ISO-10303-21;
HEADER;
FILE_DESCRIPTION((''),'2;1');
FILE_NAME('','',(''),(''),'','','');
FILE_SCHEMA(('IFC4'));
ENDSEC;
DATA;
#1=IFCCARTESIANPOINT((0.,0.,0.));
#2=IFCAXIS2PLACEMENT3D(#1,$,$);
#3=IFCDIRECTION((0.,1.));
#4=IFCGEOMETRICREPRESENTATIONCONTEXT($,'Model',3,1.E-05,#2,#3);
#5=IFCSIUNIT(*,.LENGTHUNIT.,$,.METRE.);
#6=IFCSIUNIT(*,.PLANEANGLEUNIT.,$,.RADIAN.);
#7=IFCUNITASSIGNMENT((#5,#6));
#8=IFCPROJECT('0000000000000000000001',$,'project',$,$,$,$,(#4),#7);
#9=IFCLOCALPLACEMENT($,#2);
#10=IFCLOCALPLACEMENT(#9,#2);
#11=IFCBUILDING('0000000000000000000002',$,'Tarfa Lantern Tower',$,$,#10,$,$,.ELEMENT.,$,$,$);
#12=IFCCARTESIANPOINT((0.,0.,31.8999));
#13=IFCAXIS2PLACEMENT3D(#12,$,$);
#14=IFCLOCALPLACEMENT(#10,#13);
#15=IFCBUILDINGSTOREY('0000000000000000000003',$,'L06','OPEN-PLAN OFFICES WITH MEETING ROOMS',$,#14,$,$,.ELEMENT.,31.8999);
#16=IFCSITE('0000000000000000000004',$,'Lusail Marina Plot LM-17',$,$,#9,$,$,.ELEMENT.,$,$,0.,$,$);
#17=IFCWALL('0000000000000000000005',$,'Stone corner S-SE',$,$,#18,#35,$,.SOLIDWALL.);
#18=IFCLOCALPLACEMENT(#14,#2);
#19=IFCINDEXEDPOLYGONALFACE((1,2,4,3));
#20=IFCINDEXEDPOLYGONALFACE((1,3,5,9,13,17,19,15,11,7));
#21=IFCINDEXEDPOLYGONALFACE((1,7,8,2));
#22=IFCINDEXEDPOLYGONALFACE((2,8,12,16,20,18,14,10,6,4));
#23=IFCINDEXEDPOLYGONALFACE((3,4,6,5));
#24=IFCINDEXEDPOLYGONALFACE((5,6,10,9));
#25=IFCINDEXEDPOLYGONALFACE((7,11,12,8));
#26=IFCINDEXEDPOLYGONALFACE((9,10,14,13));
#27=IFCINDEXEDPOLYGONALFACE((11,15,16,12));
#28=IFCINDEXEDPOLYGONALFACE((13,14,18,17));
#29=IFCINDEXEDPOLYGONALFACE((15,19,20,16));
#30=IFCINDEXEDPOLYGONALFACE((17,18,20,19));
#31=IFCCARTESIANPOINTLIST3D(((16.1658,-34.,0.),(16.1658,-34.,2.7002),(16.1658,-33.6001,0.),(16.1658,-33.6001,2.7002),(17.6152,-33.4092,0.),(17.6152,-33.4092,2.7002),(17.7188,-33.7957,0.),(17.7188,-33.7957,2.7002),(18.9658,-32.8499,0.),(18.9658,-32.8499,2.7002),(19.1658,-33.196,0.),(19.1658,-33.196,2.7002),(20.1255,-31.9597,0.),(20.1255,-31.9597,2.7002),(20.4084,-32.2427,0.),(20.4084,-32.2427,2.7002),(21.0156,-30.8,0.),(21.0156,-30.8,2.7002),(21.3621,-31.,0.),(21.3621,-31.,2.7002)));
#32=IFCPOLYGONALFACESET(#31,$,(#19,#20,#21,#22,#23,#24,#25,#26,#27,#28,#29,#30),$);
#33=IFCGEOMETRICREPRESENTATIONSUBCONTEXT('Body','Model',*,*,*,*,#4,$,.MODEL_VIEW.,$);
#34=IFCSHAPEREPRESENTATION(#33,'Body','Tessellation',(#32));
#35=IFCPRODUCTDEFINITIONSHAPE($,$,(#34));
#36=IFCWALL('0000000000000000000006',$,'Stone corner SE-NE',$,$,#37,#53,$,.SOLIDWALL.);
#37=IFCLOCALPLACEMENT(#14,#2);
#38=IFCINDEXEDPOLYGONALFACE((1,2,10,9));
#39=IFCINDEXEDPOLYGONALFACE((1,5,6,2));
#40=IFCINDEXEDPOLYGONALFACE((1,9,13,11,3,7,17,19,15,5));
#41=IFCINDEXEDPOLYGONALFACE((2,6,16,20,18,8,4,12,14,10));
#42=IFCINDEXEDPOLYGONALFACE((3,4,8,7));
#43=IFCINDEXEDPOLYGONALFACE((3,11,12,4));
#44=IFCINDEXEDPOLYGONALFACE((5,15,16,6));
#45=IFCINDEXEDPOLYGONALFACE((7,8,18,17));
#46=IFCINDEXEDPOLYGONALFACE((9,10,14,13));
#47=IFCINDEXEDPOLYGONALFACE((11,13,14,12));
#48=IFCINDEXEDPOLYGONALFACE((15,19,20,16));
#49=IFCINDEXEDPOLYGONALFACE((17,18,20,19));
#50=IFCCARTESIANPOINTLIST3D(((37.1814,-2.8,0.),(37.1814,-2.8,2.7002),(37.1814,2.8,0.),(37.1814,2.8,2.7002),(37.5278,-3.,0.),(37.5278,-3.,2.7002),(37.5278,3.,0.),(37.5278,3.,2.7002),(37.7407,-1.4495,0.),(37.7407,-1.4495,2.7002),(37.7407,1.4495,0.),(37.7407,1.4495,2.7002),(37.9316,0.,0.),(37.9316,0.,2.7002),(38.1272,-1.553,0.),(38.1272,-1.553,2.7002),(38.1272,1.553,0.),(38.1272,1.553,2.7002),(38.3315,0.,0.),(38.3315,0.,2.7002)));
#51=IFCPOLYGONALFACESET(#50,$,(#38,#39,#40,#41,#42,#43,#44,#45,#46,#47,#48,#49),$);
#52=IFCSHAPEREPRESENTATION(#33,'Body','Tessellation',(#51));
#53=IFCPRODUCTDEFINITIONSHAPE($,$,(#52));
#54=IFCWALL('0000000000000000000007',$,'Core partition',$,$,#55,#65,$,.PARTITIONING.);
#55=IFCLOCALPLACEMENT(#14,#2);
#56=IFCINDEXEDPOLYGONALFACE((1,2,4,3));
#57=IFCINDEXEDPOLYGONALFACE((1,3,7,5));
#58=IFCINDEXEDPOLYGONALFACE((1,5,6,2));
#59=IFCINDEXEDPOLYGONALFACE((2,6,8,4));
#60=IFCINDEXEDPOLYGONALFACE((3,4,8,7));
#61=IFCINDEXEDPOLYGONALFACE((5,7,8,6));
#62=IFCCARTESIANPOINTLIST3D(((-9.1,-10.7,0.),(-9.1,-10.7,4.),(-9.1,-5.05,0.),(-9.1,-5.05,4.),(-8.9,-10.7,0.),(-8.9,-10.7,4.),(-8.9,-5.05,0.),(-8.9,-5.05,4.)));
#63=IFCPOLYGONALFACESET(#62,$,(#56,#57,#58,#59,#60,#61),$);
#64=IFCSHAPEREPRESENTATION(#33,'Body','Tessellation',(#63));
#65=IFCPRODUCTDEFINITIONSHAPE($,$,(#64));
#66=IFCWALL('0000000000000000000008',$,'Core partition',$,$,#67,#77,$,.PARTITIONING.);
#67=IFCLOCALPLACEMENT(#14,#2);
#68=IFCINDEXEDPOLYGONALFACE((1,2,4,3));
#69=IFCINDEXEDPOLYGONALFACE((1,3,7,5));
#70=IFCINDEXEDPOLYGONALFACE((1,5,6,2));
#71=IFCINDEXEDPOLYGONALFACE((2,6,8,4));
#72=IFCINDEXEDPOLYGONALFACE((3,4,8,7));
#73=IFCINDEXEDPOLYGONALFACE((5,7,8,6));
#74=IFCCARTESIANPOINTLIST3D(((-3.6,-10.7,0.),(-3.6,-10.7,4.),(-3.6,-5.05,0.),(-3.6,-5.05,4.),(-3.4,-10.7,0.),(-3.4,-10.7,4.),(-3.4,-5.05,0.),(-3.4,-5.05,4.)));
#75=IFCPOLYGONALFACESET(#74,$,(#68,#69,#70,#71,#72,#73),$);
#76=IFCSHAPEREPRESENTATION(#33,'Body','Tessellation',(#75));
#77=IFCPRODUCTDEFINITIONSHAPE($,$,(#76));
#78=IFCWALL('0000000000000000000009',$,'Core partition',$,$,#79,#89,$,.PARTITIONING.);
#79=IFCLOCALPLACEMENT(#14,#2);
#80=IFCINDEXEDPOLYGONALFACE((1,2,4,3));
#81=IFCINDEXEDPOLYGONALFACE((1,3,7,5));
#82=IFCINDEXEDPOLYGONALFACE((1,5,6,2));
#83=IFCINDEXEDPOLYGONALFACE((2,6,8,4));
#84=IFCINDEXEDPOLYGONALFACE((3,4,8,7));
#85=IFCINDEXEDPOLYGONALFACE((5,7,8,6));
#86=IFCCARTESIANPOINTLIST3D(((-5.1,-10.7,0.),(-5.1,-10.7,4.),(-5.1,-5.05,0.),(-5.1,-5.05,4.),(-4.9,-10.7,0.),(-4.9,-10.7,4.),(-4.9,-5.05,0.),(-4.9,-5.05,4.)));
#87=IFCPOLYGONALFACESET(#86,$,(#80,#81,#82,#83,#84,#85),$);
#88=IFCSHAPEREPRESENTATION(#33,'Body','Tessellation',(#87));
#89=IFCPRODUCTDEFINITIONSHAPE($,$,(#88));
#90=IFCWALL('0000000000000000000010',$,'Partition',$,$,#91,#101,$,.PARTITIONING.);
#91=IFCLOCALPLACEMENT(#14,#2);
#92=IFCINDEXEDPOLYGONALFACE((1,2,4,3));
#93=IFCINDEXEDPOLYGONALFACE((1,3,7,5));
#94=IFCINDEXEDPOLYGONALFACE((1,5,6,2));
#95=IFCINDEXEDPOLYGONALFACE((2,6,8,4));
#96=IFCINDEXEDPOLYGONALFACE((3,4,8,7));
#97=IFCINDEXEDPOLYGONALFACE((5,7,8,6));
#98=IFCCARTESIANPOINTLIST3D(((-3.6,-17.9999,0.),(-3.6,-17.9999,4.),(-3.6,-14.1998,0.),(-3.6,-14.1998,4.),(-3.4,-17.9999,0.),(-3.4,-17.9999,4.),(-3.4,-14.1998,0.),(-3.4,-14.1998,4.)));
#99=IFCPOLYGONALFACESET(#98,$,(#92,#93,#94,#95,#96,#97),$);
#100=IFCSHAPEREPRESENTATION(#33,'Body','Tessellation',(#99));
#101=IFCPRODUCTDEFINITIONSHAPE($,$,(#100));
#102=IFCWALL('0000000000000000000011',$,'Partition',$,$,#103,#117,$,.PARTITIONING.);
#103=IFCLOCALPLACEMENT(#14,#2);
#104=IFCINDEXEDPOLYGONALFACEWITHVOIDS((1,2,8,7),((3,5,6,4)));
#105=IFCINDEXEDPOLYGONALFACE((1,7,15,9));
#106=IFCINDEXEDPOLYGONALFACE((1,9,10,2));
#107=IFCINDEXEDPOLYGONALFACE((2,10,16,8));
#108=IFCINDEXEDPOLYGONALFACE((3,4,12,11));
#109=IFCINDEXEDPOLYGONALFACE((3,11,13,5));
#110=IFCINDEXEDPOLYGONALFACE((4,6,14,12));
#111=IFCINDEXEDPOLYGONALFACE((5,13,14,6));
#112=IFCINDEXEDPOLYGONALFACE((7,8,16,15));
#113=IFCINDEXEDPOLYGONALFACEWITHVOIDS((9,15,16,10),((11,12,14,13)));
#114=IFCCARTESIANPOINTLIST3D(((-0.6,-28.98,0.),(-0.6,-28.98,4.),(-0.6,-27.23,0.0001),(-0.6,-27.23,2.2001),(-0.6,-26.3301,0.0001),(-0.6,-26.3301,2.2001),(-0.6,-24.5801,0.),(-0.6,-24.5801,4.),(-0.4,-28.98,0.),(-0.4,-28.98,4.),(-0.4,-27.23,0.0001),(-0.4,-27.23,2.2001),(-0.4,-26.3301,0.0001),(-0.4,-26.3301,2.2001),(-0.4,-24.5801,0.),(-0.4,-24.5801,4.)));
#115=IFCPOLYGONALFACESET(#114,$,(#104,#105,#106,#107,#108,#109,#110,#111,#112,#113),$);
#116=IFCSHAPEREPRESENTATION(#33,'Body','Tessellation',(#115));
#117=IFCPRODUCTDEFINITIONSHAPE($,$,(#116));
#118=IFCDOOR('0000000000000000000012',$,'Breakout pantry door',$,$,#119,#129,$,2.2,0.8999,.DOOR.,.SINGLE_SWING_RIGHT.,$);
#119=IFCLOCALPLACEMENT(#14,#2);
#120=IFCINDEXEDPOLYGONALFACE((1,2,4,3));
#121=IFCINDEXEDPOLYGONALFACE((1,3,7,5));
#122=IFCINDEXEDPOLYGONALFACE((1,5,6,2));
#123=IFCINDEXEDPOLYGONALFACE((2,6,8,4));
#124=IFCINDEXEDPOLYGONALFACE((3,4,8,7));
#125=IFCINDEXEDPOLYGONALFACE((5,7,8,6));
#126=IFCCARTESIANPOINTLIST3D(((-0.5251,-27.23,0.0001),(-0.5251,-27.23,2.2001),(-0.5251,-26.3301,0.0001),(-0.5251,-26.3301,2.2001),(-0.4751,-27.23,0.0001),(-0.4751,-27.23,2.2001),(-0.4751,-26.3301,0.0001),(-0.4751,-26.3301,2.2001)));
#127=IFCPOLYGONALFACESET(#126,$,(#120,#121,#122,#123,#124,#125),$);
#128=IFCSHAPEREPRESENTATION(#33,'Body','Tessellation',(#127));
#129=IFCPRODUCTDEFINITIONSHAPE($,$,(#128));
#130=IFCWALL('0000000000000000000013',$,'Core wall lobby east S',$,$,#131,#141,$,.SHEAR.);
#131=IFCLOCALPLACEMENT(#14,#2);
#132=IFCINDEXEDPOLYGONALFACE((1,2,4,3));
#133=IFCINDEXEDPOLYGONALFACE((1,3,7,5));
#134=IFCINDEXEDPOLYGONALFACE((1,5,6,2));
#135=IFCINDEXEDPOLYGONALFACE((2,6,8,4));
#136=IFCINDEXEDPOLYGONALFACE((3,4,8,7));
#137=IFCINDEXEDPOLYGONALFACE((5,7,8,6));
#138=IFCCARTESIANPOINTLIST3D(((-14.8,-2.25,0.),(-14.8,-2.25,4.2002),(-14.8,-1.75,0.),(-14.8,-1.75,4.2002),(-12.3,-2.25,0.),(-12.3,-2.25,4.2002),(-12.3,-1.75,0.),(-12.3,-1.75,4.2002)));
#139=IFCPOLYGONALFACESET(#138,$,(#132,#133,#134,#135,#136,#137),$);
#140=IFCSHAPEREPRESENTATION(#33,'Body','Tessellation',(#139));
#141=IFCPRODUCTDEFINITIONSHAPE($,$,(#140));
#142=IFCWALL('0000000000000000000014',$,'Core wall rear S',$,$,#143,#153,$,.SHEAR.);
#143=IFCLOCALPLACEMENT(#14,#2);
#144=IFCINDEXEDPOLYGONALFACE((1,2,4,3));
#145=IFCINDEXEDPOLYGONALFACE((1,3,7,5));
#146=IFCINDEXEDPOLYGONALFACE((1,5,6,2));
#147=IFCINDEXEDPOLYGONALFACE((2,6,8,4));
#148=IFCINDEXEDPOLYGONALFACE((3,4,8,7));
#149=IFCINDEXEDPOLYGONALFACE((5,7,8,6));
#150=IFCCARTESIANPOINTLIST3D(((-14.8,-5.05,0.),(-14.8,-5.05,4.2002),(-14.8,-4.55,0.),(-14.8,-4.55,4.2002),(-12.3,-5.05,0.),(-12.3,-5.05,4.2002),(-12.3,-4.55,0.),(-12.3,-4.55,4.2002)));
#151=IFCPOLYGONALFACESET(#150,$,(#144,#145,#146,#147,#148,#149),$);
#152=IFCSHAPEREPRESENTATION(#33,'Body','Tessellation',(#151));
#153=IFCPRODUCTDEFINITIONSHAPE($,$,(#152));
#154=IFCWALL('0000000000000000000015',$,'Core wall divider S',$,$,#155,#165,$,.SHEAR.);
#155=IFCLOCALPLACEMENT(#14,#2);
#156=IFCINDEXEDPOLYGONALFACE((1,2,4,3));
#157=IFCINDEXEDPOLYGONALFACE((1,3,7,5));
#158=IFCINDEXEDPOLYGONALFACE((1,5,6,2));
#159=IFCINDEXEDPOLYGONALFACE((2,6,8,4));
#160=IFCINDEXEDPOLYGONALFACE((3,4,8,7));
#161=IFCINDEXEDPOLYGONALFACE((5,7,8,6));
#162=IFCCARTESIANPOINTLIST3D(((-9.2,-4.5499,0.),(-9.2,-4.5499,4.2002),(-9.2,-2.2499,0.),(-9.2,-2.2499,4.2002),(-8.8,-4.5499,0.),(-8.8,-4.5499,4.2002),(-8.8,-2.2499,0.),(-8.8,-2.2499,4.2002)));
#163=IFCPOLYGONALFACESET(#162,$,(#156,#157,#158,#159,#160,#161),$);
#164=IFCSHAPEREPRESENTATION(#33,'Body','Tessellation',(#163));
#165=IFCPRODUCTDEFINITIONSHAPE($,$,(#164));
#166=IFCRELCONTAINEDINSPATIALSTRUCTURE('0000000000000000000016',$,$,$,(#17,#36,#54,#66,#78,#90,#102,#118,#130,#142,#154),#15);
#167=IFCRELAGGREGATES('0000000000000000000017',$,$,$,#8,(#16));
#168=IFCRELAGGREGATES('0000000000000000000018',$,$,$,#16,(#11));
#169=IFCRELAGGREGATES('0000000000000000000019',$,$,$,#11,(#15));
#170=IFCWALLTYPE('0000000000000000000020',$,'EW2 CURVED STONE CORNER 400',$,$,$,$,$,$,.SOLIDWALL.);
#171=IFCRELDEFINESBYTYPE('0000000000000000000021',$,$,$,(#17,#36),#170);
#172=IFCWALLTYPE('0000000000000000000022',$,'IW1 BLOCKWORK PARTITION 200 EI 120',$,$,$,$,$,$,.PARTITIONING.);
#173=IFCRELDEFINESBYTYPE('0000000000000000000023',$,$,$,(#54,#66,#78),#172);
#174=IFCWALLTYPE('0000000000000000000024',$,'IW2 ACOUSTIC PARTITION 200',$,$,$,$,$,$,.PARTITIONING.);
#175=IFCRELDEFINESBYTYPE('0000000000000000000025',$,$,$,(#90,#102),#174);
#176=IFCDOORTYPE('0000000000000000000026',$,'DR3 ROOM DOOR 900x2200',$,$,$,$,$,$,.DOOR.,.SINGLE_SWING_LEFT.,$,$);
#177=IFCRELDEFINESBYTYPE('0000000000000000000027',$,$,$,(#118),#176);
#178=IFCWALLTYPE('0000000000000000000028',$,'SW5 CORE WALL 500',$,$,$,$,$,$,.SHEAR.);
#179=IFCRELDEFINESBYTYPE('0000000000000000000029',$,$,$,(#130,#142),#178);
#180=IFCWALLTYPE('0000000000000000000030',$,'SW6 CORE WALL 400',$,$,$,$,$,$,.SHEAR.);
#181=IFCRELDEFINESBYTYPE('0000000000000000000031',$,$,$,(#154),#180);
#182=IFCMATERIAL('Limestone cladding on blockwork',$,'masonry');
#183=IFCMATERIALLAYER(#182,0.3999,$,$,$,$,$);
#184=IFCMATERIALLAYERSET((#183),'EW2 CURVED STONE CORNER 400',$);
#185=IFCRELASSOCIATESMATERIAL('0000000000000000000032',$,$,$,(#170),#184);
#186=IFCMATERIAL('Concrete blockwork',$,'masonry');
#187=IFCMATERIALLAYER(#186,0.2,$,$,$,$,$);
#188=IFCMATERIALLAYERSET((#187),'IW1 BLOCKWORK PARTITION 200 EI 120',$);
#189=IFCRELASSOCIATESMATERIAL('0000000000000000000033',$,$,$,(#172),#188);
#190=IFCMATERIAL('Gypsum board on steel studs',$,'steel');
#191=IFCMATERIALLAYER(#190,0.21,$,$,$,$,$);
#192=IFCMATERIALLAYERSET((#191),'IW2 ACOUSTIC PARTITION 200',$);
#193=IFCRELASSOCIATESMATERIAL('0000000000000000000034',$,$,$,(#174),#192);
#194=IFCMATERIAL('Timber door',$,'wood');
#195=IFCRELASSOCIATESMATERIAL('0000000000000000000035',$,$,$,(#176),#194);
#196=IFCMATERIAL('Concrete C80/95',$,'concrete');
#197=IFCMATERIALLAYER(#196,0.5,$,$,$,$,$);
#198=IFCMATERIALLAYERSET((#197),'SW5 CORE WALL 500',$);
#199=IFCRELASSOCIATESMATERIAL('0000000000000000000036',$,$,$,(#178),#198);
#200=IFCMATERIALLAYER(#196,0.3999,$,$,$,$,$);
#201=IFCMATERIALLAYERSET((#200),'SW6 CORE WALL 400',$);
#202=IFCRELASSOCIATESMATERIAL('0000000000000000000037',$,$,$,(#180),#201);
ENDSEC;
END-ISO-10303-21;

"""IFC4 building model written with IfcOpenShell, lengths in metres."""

from ifc_helpers import new_model, si_unit, direction, frame, frame_2d, origin, place, context, subcontext, project, spatial, polyline, rectangle, outline, extrude, material, layer, layer_set, type_object, element, fill, save


model = new_model("IFC4")

# Units and contexts
model_context = context("Model", 3, precision=1e-05, world=origin(), true_north=direction((0.0, 1.0)))
body_context = subcontext(model_context, "Body", "Model", "MODEL_VIEW")
ifc_project = project(units=[si_unit("LENGTHUNIT", "METRE"), si_unit("PLANEANGLEUNIT", "RADIAN")], contexts=[model_context])

# Site, building, storey
site_placement = place(None, origin())
site = spatial("IfcSite", under=ifc_project, at=site_placement, Name="Lusail Marina Plot LM-17", CompositionType="ELEMENT", RefElevation=0.0)
building_placement = place(site_placement, origin())
building = spatial("IfcBuilding", under=site, at=building_placement, Name="Tarfa Lantern Tower", CompositionType="ELEMENT")
storey_placement = place(building_placement, frame((0.0, 0.0, 31.8999)))
storey = spatial("IfcBuildingStorey", under=building, at=storey_placement, Name="L06", Description="OPEN-PLAN OFFICES WITH MEETING ROOMS", CompositionType="ELEMENT", Elevation=31.8999)

# Walls
ifc_material_1 = material(Name="Limestone cladding on blockwork", Category="masonry")
ifc_layer_1 = layer(ifc_material_1, 0.3999)
ifc_layer_set_1 = layer_set([ifc_layer_1], Name="EW2 CURVED STONE CORNER 400")
wall_type_1 = type_object("IfcWallType", Name="EW2 CURVED STONE CORNER 400", PredefinedType="SOLIDWALL", material=ifc_layer_set_1)
wall_1_placement = place(storey_placement, origin())
element("IfcWall", 1, at=wall_1_placement, inside=storey, type_object=wall_type_1, Name="Stone corner S-SE", PredefinedType="SOLIDWALL", context=body_context, shape_type="SweptSolid", body=[
    extrude(outline(polyline([(16.1658, -34.0), (17.7188, -33.7957), (19.1658, -33.196), (20.4084, -32.2427), (21.3621, -31.0), (21.0156, -30.8), (20.1255, -31.9597), (18.9658, -32.8499), (17.6152, -33.4092), (16.1658, -33.6001), (16.1658, -34.0)])), origin(), (0.0, 0.0, 1.0), 2.7002),
])
wall_2_placement = place(storey_placement, origin())
element("IfcWall", 2, at=wall_2_placement, inside=storey, type_object=wall_type_1, Name="Stone corner SE-NE", PredefinedType="SOLIDWALL", context=body_context, shape_type="SweptSolid", body=[
    extrude(outline(polyline([(37.5278, -3.0), (38.1272, -1.553), (38.3315, 0.0), (38.1272, 1.553), (37.5278, 3.0), (37.1814, 2.8), (37.7407, 1.4495), (37.9316, 0.0), (37.7407, -1.4495), (37.1814, -2.8), (37.5278, -3.0)])), origin(), (0.0, 0.0, 1.0), 2.7002),
])
ifc_material_2 = material(Name="Concrete blockwork", Category="masonry")
ifc_layer_2 = layer(ifc_material_2, 0.2)
ifc_layer_set_2 = layer_set([ifc_layer_2], Name="IW1 BLOCKWORK PARTITION 200 EI 120")
wall_type_2 = type_object("IfcWallType", Name="IW1 BLOCKWORK PARTITION 200 EI 120", PredefinedType="PARTITIONING", material=ifc_layer_set_2)
for number, where, z_axis, x_axis, name in (
    (3, (-9.0, -5.05, 0.0), (0.0, 0.0, 1.0), (0.0, -1.0, 0.0), "Core partition"),
    (4, (-3.5, -5.05, 0.0), (0.0, 0.0, 1.0), (0.0, -1.0, 0.0), "Core partition"),
    (5, (-5.0, -5.05, 0.0), (0.0, 0.0, 1.0), (0.0, -1.0, 0.0), "Core partition"),
):
    element("IfcWall", number, at=place(storey_placement, frame(where, z_axis=z_axis, x_axis=x_axis)), inside=storey, type_object=wall_type_2, Name=name, PredefinedType="PARTITIONING", context=body_context, shape_type="SweptSolid", body=[
        extrude(rectangle(XDim=5.6499, YDim=0.2, at=frame_2d((2.825, 0.0))), origin(), (0.0, 0.0, 1.0), 4.0),
    ])
ifc_material_3 = material(Name="Gypsum board on steel studs", Category="steel")
ifc_layer_3 = layer(ifc_material_3, 0.21)
ifc_layer_set_3 = layer_set([ifc_layer_3], Name="IW2 ACOUSTIC PARTITION 200")
wall_type_3 = type_object("IfcWallType", Name="IW2 ACOUSTIC PARTITION 200", PredefinedType="PARTITIONING", material=ifc_layer_set_3)
wall_3_placement = place(storey_placement, frame((-3.5, -14.2, 0.0), z_axis=(0.0, 0.0, 1.0), x_axis=(0.0, -1.0, 0.0)))
element("IfcWall", 6, at=wall_3_placement, inside=storey, type_object=wall_type_3, Name="Partition", PredefinedType="PARTITIONING", context=body_context, shape_type="SweptSolid", body=[
    extrude(rectangle(XDim=3.8, YDim=0.2, at=frame_2d((1.8999, 0.0))), origin(), (0.0, 0.0, 1.0), 4.0),
])

# Wall, opening, door
wall_4_placement = place(storey_placement, frame((-0.5, -24.5801, 0.0), z_axis=(0.0, 0.0, 1.0), x_axis=(0.0, -1.0, 0.0)))
wall_4 = element("IfcWall", 7, at=wall_4_placement, inside=storey, type_object=wall_type_3, Name="Partition", PredefinedType="PARTITIONING", context=body_context, shape_type="SweptSolid", body=[
    extrude(rectangle(XDim=4.3999, YDim=0.2, at=frame_2d((2.2, 0.0))), origin(), (0.0, 0.0, 1.0), 4.0),
])
opening_1_placement = place(wall_4_placement, frame((1.75, 0.0, 0.0)))
opening_1 = element("IfcOpeningElement", 8, at=opening_1_placement, cuts=wall_4, PredefinedType="OPENING", context=body_context, shape_type="SweptSolid", body=[
    extrude(rectangle(XDim=0.8999, YDim=2.2, at=frame_2d((0.45, 1.1001))), frame((0.0, 0.1099, 0.0), z_axis=(0.0, -1.0, 0.0), x_axis=(1.0, 0.0, 0.0)), (0.0, 0.0, 1.0), 0.22),
])
ifc_material_4 = material(Name="Timber door", Category="wood")
door_type_1 = type_object("IfcDoorType", Name="DR3 ROOM DOOR 900x2200", OperationType="SINGLE_SWING_LEFT", PredefinedType="DOOR", material=ifc_material_4)
door_1_placement = place(opening_1_placement, origin())
door_1 = element("IfcDoor", 9, at=door_1_placement, inside=storey, type_object=door_type_1, Name="Breakout pantry door", OperationType="SINGLE_SWING_RIGHT", OverallHeight=2.2, OverallWidth=0.8999, PredefinedType="DOOR", context=body_context, shape_type="SweptSolid", body=[
    extrude(rectangle(XDim=0.8999, YDim=2.2, at=frame_2d((0.45, 1.1001))), frame((0.0, 0.0249, 0.0), z_axis=(0.0, -1.0, 0.0), x_axis=(1.0, 0.0, 0.0)), (0.0, 0.0, 1.0), 0.05),
])
fill(opening_1, door_1)

# Walls
ifc_material_5 = material(Name="Concrete C80/95", Category="concrete")
ifc_layer_4 = layer(ifc_material_5, 0.5)
ifc_layer_set_4 = layer_set([ifc_layer_4], Name="SW5 CORE WALL 500")
wall_type_4 = type_object("IfcWallType", Name="SW5 CORE WALL 500", PredefinedType="SHEAR", material=ifc_layer_set_4)
for number, where, z_axis, x_axis, name in (
    (10, (-12.3, -2.0, 0.0), (0.0, 0.0, 1.0), (-1.0, 0.0, 0.0), "Core wall lobby east S"),
    (11, (-12.3, -4.8, 0.0), (0.0, 0.0, 1.0), (-1.0, 0.0, 0.0), "Core wall rear S"),
):
    element("IfcWall", number, at=place(storey_placement, frame(where, z_axis=z_axis, x_axis=x_axis)), inside=storey, type_object=wall_type_4, Name=name, PredefinedType="SHEAR", context=body_context, shape_type="SweptSolid", body=[
        extrude(rectangle(XDim=2.5, YDim=0.5, at=frame_2d((1.25, 0.0))), origin(), (0.0, 0.0, 1.0), 4.2002),
    ])
ifc_layer_5 = layer(ifc_material_5, 0.3999)
ifc_layer_set_5 = layer_set([ifc_layer_5], Name="SW6 CORE WALL 400")
wall_type_5 = type_object("IfcWallType", Name="SW6 CORE WALL 400", PredefinedType="SHEAR", material=ifc_layer_set_5)
wall_5_placement = place(storey_placement, frame((-9.0, -2.25, 0.0), z_axis=(0.0, 0.0, 1.0), x_axis=(0.0, -1.0, 0.0)))
element("IfcWall", 12, at=wall_5_placement, inside=storey, type_object=wall_type_5, Name="Core wall divider S", PredefinedType="SHEAR", context=body_context, shape_type="SweptSolid", body=[
    extrude(rectangle(XDim=2.3, YDim=0.3999, at=frame_2d((1.1499, 0.0))), origin(), (0.0, 0.0, 1.0), 4.2002),
])

save(model, "model.ifc")
